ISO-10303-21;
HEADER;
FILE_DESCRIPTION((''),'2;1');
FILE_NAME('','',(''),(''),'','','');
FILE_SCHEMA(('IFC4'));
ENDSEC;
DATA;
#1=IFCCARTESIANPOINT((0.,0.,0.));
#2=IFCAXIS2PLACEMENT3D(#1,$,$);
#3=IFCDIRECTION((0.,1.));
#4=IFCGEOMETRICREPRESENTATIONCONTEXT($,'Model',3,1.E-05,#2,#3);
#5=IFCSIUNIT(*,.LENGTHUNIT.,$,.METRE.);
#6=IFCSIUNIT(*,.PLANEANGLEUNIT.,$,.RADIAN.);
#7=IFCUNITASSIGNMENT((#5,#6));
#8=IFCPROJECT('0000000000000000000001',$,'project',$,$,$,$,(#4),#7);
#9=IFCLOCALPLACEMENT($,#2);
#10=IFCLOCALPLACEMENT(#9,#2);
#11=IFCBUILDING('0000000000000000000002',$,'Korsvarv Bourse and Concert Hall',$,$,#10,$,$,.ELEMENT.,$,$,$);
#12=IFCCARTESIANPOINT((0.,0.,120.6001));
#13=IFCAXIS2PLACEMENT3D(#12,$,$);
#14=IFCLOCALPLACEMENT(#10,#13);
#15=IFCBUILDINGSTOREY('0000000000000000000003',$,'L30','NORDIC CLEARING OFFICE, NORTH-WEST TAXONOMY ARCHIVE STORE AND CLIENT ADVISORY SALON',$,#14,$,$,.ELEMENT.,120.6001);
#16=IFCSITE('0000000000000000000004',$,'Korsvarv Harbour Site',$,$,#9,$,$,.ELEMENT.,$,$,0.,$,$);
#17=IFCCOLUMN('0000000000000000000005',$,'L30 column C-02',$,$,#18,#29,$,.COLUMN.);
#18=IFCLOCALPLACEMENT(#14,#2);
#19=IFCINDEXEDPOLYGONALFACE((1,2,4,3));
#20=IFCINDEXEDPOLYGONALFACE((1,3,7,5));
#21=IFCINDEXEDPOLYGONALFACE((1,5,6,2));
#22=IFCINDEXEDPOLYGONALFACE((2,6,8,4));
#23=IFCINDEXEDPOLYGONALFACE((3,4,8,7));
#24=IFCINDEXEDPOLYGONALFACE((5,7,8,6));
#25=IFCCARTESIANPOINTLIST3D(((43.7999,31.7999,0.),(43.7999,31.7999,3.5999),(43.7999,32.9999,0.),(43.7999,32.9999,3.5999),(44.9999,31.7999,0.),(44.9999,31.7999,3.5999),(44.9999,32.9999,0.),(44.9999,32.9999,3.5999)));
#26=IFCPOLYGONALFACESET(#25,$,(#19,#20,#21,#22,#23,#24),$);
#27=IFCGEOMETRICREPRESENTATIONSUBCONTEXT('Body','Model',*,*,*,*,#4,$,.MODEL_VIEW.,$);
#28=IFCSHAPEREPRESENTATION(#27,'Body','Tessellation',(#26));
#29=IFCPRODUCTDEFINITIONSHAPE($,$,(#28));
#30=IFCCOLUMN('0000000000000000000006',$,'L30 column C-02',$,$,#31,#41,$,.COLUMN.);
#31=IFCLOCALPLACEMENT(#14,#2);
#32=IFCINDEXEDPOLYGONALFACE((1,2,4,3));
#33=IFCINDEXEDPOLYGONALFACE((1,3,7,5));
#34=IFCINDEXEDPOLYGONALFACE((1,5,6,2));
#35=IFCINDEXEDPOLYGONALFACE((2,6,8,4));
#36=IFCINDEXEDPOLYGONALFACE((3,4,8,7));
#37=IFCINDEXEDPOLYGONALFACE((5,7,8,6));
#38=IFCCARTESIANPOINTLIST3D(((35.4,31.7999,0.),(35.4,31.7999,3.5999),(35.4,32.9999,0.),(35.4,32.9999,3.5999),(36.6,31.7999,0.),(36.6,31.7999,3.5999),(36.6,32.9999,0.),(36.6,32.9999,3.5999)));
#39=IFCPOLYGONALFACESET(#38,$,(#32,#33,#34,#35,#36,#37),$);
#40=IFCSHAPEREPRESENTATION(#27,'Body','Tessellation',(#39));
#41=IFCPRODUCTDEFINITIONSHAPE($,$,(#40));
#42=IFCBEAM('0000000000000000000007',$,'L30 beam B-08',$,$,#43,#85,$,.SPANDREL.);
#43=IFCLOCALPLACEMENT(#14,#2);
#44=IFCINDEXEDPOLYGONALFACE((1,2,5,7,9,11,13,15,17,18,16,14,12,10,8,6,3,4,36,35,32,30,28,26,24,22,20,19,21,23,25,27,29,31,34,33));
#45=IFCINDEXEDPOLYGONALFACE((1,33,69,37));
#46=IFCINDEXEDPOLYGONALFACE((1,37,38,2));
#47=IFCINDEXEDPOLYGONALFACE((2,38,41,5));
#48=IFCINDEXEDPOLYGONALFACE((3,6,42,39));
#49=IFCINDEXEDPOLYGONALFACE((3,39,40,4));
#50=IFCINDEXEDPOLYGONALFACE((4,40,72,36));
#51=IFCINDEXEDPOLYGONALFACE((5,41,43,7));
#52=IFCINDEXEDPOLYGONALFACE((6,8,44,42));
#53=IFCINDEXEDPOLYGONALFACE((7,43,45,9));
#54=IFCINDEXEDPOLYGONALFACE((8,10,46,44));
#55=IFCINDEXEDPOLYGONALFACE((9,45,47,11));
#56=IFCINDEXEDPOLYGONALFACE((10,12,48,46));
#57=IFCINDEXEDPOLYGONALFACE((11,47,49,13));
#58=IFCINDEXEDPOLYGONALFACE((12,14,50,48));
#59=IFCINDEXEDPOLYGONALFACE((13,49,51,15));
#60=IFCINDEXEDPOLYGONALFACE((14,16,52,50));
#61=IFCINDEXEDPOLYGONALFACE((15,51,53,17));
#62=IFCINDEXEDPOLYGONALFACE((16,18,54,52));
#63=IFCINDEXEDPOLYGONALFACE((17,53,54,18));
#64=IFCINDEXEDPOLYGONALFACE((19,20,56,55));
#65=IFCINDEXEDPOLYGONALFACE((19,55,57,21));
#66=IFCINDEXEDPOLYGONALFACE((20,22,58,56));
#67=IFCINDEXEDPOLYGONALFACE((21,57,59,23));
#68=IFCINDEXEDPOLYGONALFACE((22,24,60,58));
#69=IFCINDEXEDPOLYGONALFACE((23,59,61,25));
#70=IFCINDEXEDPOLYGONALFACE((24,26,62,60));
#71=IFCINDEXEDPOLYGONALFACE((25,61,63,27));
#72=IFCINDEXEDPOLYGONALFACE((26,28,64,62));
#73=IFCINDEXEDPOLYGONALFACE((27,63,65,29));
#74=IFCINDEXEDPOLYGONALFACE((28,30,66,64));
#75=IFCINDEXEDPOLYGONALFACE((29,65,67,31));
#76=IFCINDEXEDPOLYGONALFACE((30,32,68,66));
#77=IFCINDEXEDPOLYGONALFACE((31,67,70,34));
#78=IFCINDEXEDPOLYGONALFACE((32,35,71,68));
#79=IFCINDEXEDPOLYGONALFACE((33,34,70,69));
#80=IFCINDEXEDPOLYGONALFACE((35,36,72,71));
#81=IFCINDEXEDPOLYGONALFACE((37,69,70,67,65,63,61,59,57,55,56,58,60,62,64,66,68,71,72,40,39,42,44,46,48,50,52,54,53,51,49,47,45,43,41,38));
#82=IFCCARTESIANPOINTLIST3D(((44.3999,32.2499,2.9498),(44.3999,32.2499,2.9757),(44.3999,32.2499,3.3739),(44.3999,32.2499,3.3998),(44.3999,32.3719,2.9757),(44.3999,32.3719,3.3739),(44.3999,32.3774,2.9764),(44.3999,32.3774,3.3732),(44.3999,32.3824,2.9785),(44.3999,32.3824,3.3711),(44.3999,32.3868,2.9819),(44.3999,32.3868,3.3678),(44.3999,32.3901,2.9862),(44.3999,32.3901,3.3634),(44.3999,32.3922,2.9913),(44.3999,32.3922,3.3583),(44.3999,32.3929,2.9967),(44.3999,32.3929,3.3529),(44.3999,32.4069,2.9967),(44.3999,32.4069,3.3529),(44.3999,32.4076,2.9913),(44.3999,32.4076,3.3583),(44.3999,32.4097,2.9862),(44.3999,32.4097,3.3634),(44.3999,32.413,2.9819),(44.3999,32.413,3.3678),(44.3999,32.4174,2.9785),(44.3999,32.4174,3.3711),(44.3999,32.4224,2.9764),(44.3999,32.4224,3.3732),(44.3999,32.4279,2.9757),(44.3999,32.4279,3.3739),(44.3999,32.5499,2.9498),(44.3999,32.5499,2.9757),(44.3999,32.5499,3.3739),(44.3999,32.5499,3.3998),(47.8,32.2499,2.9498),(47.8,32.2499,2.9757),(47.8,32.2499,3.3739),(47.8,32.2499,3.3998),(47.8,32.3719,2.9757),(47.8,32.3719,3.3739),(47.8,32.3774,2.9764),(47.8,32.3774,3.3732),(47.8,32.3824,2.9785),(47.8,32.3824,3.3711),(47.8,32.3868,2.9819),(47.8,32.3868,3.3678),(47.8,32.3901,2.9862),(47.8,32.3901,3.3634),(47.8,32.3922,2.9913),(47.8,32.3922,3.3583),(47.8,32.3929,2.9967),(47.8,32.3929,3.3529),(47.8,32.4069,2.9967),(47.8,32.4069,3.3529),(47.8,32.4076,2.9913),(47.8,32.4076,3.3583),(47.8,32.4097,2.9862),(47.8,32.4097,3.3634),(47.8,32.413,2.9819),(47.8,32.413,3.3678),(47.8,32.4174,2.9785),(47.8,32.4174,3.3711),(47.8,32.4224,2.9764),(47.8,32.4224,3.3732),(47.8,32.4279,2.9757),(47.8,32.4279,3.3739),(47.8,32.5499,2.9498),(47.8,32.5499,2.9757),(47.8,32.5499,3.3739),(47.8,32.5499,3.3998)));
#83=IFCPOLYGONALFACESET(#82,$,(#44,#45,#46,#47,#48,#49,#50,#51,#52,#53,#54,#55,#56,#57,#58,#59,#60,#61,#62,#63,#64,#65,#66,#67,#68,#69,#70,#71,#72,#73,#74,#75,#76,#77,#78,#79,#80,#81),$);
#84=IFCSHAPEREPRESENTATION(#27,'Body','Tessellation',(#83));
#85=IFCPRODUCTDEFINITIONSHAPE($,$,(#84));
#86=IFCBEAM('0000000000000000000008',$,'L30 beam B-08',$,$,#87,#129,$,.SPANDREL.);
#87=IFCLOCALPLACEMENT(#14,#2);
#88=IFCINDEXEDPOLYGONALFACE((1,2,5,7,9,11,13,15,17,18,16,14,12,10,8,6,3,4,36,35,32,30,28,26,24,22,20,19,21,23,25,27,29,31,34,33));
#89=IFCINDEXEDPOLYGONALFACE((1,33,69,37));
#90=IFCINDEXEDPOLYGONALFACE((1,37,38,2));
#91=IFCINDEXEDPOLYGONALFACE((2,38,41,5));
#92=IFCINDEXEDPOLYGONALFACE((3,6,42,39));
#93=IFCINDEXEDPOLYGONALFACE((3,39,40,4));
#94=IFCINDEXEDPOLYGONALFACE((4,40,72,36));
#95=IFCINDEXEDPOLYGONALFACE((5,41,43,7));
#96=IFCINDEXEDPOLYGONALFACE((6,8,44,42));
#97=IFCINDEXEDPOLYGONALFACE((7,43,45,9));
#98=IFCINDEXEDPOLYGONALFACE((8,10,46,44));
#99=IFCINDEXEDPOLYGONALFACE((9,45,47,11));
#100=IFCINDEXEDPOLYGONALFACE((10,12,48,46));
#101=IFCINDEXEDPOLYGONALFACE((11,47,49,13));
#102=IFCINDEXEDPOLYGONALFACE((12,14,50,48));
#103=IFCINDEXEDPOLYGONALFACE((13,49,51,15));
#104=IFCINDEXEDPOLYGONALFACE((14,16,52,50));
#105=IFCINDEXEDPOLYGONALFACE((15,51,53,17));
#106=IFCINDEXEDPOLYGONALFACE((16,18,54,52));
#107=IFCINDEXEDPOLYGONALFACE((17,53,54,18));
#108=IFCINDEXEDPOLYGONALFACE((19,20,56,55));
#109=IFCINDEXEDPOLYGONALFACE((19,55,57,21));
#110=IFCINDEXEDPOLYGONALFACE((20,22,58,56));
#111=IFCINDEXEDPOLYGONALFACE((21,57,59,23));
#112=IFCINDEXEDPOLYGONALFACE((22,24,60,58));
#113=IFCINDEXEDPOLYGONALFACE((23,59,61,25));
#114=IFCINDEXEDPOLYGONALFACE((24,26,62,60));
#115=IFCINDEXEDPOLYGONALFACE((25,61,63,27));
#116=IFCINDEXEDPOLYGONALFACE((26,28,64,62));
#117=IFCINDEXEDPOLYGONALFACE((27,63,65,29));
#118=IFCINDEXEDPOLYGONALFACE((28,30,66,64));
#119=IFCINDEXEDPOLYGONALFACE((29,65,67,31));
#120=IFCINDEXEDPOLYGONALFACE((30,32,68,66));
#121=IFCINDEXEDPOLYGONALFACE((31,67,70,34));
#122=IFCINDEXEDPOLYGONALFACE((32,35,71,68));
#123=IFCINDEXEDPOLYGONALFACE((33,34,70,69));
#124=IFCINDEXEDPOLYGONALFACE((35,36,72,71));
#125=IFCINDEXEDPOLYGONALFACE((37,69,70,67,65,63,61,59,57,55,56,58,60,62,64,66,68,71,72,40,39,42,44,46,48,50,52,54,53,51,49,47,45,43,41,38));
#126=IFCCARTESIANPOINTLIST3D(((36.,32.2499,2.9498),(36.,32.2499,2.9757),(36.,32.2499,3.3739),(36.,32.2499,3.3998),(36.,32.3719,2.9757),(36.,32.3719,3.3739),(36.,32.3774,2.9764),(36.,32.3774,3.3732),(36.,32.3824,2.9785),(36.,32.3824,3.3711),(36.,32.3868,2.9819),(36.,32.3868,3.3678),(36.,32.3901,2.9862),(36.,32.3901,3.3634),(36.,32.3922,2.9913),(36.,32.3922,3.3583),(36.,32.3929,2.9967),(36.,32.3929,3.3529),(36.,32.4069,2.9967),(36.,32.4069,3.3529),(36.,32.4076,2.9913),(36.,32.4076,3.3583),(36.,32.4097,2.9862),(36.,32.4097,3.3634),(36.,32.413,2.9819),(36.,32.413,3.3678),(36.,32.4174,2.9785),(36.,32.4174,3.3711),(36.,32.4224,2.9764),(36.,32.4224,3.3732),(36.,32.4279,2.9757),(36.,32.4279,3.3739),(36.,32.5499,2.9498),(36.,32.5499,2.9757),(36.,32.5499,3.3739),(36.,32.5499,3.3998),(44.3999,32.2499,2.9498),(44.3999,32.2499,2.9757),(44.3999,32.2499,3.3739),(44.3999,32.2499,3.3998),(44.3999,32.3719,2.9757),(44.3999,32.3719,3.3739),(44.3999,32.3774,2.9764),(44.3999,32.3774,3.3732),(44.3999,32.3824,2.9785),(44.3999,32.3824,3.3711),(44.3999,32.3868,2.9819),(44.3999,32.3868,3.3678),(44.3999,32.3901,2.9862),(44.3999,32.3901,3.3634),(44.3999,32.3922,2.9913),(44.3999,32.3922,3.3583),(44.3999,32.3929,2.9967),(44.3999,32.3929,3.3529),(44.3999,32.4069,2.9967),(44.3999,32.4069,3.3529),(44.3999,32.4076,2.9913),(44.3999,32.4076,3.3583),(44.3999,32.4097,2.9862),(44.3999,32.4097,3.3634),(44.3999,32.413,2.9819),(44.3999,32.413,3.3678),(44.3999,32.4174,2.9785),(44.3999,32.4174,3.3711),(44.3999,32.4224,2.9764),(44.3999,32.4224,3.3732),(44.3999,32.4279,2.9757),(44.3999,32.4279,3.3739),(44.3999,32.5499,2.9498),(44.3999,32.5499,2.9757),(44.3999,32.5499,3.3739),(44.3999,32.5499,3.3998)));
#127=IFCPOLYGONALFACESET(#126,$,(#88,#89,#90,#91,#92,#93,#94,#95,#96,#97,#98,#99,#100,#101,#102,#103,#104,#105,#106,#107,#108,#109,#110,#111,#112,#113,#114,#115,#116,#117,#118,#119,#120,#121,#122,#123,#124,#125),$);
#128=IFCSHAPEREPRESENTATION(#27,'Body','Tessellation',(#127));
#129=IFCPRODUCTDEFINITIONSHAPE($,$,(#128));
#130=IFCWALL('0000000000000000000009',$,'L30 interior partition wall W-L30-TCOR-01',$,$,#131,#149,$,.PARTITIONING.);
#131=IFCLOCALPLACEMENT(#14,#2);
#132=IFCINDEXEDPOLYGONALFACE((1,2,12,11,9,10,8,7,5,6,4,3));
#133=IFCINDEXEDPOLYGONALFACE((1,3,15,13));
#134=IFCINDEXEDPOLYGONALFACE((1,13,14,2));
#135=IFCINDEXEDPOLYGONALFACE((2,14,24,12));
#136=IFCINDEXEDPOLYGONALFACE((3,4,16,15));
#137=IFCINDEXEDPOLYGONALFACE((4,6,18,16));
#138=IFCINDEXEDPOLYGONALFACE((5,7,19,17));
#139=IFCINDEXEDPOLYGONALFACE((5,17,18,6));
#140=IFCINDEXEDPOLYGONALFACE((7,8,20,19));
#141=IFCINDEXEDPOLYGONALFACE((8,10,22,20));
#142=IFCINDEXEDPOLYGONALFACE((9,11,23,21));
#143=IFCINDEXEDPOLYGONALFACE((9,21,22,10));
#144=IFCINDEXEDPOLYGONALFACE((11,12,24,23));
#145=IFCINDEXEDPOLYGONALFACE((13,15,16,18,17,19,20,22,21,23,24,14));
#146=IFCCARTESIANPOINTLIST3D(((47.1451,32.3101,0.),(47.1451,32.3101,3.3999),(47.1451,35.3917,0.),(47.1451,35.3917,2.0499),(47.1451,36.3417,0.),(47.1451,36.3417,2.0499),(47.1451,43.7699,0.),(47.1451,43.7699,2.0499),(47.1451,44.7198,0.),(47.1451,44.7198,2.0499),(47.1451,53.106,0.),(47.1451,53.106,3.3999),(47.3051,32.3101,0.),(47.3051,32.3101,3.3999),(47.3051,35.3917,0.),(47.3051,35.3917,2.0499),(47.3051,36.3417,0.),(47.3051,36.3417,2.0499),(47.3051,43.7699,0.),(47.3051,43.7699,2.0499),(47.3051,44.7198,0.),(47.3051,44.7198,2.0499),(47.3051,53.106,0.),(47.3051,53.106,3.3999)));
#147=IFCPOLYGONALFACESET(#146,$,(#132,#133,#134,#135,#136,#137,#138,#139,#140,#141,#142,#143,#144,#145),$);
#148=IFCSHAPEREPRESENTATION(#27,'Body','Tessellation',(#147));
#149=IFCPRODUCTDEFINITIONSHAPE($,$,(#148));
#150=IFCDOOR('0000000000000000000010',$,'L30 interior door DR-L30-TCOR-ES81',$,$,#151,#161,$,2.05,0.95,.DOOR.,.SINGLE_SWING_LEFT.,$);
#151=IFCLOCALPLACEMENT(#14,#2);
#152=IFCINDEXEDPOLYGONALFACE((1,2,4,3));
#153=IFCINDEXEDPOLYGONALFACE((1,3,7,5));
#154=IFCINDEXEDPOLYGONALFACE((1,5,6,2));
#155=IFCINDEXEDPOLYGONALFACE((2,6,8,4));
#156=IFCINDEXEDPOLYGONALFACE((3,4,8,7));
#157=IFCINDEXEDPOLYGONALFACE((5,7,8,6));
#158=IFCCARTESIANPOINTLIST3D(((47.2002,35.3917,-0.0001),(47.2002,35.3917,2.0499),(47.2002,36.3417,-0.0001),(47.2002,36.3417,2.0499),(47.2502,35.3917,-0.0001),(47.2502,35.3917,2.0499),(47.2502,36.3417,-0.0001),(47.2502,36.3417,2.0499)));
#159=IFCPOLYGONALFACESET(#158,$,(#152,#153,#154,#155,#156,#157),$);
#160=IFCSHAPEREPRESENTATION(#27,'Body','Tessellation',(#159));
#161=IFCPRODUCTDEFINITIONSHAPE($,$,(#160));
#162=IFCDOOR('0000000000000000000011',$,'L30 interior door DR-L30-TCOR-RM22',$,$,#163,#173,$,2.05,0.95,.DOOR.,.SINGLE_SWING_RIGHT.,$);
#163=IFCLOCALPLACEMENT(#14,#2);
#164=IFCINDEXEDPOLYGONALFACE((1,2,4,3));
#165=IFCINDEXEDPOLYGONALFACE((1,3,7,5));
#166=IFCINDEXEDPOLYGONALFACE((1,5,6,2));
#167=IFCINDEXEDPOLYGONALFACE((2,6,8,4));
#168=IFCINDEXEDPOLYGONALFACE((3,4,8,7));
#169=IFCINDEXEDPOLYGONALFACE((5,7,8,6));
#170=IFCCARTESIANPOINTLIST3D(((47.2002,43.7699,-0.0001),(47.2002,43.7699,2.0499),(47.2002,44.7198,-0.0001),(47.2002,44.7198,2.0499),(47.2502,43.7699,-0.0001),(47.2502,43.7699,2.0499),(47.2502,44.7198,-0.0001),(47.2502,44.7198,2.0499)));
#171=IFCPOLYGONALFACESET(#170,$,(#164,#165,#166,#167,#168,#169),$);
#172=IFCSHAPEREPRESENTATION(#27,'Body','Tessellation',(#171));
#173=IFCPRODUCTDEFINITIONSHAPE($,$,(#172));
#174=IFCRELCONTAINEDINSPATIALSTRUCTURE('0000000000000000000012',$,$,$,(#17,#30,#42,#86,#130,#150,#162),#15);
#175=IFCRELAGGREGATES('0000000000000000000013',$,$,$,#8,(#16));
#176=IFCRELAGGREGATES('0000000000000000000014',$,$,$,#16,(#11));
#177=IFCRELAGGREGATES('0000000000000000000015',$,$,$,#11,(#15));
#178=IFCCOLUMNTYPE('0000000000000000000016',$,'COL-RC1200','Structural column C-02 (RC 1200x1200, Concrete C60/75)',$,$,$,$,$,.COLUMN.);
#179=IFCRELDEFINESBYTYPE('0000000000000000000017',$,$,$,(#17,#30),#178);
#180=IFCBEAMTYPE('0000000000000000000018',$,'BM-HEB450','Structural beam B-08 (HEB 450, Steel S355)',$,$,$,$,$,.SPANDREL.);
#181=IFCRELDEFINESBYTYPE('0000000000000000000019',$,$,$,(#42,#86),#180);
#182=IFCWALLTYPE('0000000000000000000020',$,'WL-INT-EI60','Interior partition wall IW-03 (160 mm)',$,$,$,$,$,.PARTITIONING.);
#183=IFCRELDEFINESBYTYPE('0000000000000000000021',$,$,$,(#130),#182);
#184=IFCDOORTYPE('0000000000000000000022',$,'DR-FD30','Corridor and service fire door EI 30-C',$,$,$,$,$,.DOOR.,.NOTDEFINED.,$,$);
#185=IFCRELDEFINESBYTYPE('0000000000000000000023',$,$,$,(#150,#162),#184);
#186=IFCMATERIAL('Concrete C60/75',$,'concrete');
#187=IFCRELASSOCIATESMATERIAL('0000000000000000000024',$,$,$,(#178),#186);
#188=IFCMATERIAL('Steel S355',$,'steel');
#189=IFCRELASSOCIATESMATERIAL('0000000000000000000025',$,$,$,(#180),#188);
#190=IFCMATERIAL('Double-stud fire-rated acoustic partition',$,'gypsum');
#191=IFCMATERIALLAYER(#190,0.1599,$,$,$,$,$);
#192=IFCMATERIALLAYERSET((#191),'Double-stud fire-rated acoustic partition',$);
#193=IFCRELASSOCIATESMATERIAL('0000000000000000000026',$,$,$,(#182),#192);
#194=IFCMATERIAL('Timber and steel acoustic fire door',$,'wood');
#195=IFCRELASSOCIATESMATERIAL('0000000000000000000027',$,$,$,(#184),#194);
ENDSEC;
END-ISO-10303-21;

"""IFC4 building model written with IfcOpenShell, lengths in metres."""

from ifc_helpers import new_model, si_unit, direction, frame, frame_2d, origin, origin_2d, place, context, subcontext, project, spatial, rectangle, i_section, extrude, source, transform, mapped, material, layer, layer_set, material_profile, profile_set, type_object, element, fill, save


model = new_model("IFC4")

# Units and contexts
model_context = context("Model", 3, precision=1e-05, world=origin(), true_north=direction((0.0, 1.0)))
body_context = subcontext(model_context, "Body", "Model", "MODEL_VIEW")
ifc_project = project(units=[si_unit("LENGTHUNIT", "METRE"), si_unit("PLANEANGLEUNIT", "RADIAN")], contexts=[model_context])

# Site, building, storey
site_placement = place(None, origin())
site = spatial("IfcSite", under=ifc_project, at=site_placement, Name="Korsvarv Harbour Site", CompositionType="ELEMENT", RefElevation=0.0)
building_placement = place(site_placement, origin())
building = spatial("IfcBuilding", under=site, at=building_placement, Name="Korsvarv Bourse and Concert Hall", CompositionType="ELEMENT")
storey_placement = place(building_placement, frame((0.0, 0.0, 120.6001)))
storey = spatial("IfcBuildingStorey", under=building, at=storey_placement, Name="L30", Description="NORDIC CLEARING OFFICE, NORTH-WEST TAXONOMY ARCHIVE STORE AND CLIENT ADVISORY SALON", CompositionType="ELEMENT", Elevation=120.6001)

# Columns
ifc_material_1 = material(Name="Concrete C60/75", Category="concrete")
ifc_material_profile_1 = material_profile(ifc_material_1, rectangle(XDim=1.2, YDim=1.2, at=origin_2d()), Name="RC 1200x1200")
ifc_profile_set_1 = profile_set([ifc_material_profile_1], Name="Concrete C60/75")
column_type = type_object("IfcColumnType", Name="COL-RC1200", Description="Structural column C-02 (RC 1200x1200, Concrete C60/75)", PredefinedType="COLUMN", material=ifc_profile_set_1)
shared_shape_1 = source(origin(), body_context, "Body", "SweptSolid", [
    extrude(rectangle(XDim=1.2, YDim=1.2, at=origin_2d()), origin(), (0.0, 0.0, 1.0), 3.5999),
])
for number, where, z_axis, x_axis, name in (
    (1, (44.3999, 32.3999, 0.0), (0.0, 0.0, 1.0), (1.0, 0.0, 0.0), "L30 column C-02"),
    (2, (36.0, 32.3999, 0.0), (0.0, 0.0, 1.0), (1.0, 0.0, 0.0), "L30 column C-02"),
):
    element("IfcColumn", number, at=place(storey_placement, frame(where, z_axis=z_axis, x_axis=x_axis)), inside=storey, type_object=column_type, Name=name, PredefinedType="COLUMN", context=body_context, shape_type="MappedRepresentation", body=[
        mapped(shared_shape_1, transform((0.0, 0.0, 0.0), scale=1.0)),
    ])

# Beams
ifc_material_2 = material(Name="Steel S355", Category="steel")
ifc_material_profile_2 = material_profile(ifc_material_2, i_section(OverallWidth=0.3, OverallDepth=0.45, WebThickness=0.0139, FlangeThickness=0.0259, FilletRadius=0.021, at=origin_2d()), Name="HEB 450")
ifc_profile_set_2 = profile_set([ifc_material_profile_2], Name="Steel S355")
beam_type = type_object("IfcBeamType", Name="BM-HEB450", Description="Structural beam B-08 (HEB 450, Steel S355)", PredefinedType="SPANDREL", material=ifc_profile_set_2)
shared_shape_2 = source(origin(), body_context, "Body", "SweptSolid", [
    extrude(i_section(OverallWidth=0.3, OverallDepth=0.45, WebThickness=0.0139, FlangeThickness=0.0259, FilletRadius=0.021, at=origin_2d()), origin(), (0.0, 0.0, 1.0), 3.4001),
])
beam_1_placement = place(storey_placement, frame((44.3999, 32.3999, 3.1748), z_axis=(1.0, 0.0, 0.0), x_axis=(0.0, 1.0, 0.0)))
element("IfcBeam", 3, at=beam_1_placement, inside=storey, type_object=beam_type, Name="L30 beam B-08", PredefinedType="SPANDREL", context=body_context, shape_type="MappedRepresentation", body=[
    mapped(shared_shape_2, transform((0.0, 0.0, 0.0), scale=1.0)),
])
shared_shape_3 = source(origin(), body_context, "Body", "SweptSolid", [
    extrude(i_section(OverallWidth=0.3, OverallDepth=0.45, WebThickness=0.0139, FlangeThickness=0.0259, FilletRadius=0.021, at=origin_2d()), origin(), (0.0, 0.0, 1.0), 8.3999),
])
beam_2_placement = place(storey_placement, frame((36.0, 32.3999, 3.1748), z_axis=(1.0, 0.0, 0.0), x_axis=(0.0, 1.0, 0.0)))
element("IfcBeam", 4, at=beam_2_placement, inside=storey, type_object=beam_type, Name="L30 beam B-08", PredefinedType="SPANDREL", context=body_context, shape_type="MappedRepresentation", body=[
    mapped(shared_shape_3, transform((0.0, 0.0, 0.0), scale=1.0)),
])

# Wall, openings, doors
ifc_material_3 = material(Name="Double-stud fire-rated acoustic partition", Category="gypsum")
ifc_layer_1 = layer(ifc_material_3, 0.1599)
ifc_layer_set_1 = layer_set([ifc_layer_1], Name="Double-stud fire-rated acoustic partition")
wall_type_1 = type_object("IfcWallType", Name="WL-INT-EI60", Description="Interior partition wall IW-03 (160 mm)", PredefinedType="PARTITIONING", material=ifc_layer_set_1)
wall_1_placement = place(storey_placement, frame((47.2251, 32.3101, 0.0), z_axis=(0.0, 0.0, 1.0), x_axis=(0.0, 1.0, 0.0)))
wall_1 = element("IfcWall", 5, at=wall_1_placement, inside=storey, type_object=wall_type_1, Name="L30 interior partition wall W-L30-TCOR-01", PredefinedType="PARTITIONING", context=body_context, shape_type="SweptSolid", body=[
    extrude(rectangle(XDim=20.7959, YDim=0.1599, at=frame_2d((10.3979, 0.0))), origin(), (0.0, 0.0, 1.0), 3.3999),
])
opening_1_placement = place(wall_1_placement, frame((3.0815, 0.0, 0.0)))
opening_1 = element("IfcOpeningElement", 6, at=opening_1_placement, cuts=wall_1, PredefinedType="OPENING", context=body_context, shape_type="SweptSolid", body=[
    extrude(rectangle(XDim=0.95, YDim=2.05, at=frame_2d((0.4751, 1.0249))), frame((0.0, 0.0898, 0.0), z_axis=(0.0, -1.0, 0.0), x_axis=(1.0, 0.0, 0.0)), (0.0, 0.0, 1.0), 0.1799),
])
opening_2_placement = place(wall_1_placement, frame((11.4597, 0.0, 0.0)))
opening_2 = element("IfcOpeningElement", 7, at=opening_2_placement, cuts=wall_1, PredefinedType="OPENING", context=body_context, shape_type="SweptSolid", body=[
    extrude(rectangle(XDim=0.95, YDim=2.05, at=frame_2d((0.4751, 1.0249))), frame((0.0, 0.0898, 0.0), z_axis=(0.0, -1.0, 0.0), x_axis=(1.0, 0.0, 0.0)), (0.0, 0.0, 1.0), 0.1799),
])
ifc_material_4 = material(Name="Timber and steel acoustic fire door", Category="wood")
door_type = type_object("IfcDoorType", Name="DR-FD30", Description="Corridor and service fire door EI 30-C", OperationType="NOTDEFINED", PredefinedType="DOOR", material=ifc_material_4)
door_1_placement = place(opening_1_placement, origin())
door_1 = element("IfcDoor", 8, at=door_1_placement, inside=storey, type_object=door_type, Name="L30 interior door DR-L30-TCOR-ES81", OperationType="SINGLE_SWING_LEFT", OverallHeight=2.05, OverallWidth=0.95, PredefinedType="DOOR", context=body_context, shape_type="SweptSolid", body=[
    extrude(rectangle(XDim=0.95, YDim=2.05, at=frame_2d((0.4751, 1.0249))), frame((0.0, 0.0249, 0.0), z_axis=(0.0, -1.0, 0.0), x_axis=(1.0, 0.0, 0.0)), (0.0, 0.0, 1.0), 0.05),
])
fill(opening_1, door_1)
door_2_placement = place(opening_2_placement, origin())
door_2 = element("IfcDoor", 9, at=door_2_placement, inside=storey, type_object=door_type, Name="L30 interior door DR-L30-TCOR-RM22", OperationType="SINGLE_SWING_RIGHT", OverallHeight=2.05, OverallWidth=0.95, PredefinedType="DOOR", context=body_context, shape_type="SweptSolid", body=[
    extrude(rectangle(XDim=0.95, YDim=2.05, at=frame_2d((0.4751, 1.0249))), frame((0.0, 0.0249, 0.0), z_axis=(0.0, -1.0, 0.0), x_axis=(1.0, 0.0, 0.0)), (0.0, 0.0, 1.0), 0.05),
])
fill(opening_2, door_2)

save(model, "model.ifc")
